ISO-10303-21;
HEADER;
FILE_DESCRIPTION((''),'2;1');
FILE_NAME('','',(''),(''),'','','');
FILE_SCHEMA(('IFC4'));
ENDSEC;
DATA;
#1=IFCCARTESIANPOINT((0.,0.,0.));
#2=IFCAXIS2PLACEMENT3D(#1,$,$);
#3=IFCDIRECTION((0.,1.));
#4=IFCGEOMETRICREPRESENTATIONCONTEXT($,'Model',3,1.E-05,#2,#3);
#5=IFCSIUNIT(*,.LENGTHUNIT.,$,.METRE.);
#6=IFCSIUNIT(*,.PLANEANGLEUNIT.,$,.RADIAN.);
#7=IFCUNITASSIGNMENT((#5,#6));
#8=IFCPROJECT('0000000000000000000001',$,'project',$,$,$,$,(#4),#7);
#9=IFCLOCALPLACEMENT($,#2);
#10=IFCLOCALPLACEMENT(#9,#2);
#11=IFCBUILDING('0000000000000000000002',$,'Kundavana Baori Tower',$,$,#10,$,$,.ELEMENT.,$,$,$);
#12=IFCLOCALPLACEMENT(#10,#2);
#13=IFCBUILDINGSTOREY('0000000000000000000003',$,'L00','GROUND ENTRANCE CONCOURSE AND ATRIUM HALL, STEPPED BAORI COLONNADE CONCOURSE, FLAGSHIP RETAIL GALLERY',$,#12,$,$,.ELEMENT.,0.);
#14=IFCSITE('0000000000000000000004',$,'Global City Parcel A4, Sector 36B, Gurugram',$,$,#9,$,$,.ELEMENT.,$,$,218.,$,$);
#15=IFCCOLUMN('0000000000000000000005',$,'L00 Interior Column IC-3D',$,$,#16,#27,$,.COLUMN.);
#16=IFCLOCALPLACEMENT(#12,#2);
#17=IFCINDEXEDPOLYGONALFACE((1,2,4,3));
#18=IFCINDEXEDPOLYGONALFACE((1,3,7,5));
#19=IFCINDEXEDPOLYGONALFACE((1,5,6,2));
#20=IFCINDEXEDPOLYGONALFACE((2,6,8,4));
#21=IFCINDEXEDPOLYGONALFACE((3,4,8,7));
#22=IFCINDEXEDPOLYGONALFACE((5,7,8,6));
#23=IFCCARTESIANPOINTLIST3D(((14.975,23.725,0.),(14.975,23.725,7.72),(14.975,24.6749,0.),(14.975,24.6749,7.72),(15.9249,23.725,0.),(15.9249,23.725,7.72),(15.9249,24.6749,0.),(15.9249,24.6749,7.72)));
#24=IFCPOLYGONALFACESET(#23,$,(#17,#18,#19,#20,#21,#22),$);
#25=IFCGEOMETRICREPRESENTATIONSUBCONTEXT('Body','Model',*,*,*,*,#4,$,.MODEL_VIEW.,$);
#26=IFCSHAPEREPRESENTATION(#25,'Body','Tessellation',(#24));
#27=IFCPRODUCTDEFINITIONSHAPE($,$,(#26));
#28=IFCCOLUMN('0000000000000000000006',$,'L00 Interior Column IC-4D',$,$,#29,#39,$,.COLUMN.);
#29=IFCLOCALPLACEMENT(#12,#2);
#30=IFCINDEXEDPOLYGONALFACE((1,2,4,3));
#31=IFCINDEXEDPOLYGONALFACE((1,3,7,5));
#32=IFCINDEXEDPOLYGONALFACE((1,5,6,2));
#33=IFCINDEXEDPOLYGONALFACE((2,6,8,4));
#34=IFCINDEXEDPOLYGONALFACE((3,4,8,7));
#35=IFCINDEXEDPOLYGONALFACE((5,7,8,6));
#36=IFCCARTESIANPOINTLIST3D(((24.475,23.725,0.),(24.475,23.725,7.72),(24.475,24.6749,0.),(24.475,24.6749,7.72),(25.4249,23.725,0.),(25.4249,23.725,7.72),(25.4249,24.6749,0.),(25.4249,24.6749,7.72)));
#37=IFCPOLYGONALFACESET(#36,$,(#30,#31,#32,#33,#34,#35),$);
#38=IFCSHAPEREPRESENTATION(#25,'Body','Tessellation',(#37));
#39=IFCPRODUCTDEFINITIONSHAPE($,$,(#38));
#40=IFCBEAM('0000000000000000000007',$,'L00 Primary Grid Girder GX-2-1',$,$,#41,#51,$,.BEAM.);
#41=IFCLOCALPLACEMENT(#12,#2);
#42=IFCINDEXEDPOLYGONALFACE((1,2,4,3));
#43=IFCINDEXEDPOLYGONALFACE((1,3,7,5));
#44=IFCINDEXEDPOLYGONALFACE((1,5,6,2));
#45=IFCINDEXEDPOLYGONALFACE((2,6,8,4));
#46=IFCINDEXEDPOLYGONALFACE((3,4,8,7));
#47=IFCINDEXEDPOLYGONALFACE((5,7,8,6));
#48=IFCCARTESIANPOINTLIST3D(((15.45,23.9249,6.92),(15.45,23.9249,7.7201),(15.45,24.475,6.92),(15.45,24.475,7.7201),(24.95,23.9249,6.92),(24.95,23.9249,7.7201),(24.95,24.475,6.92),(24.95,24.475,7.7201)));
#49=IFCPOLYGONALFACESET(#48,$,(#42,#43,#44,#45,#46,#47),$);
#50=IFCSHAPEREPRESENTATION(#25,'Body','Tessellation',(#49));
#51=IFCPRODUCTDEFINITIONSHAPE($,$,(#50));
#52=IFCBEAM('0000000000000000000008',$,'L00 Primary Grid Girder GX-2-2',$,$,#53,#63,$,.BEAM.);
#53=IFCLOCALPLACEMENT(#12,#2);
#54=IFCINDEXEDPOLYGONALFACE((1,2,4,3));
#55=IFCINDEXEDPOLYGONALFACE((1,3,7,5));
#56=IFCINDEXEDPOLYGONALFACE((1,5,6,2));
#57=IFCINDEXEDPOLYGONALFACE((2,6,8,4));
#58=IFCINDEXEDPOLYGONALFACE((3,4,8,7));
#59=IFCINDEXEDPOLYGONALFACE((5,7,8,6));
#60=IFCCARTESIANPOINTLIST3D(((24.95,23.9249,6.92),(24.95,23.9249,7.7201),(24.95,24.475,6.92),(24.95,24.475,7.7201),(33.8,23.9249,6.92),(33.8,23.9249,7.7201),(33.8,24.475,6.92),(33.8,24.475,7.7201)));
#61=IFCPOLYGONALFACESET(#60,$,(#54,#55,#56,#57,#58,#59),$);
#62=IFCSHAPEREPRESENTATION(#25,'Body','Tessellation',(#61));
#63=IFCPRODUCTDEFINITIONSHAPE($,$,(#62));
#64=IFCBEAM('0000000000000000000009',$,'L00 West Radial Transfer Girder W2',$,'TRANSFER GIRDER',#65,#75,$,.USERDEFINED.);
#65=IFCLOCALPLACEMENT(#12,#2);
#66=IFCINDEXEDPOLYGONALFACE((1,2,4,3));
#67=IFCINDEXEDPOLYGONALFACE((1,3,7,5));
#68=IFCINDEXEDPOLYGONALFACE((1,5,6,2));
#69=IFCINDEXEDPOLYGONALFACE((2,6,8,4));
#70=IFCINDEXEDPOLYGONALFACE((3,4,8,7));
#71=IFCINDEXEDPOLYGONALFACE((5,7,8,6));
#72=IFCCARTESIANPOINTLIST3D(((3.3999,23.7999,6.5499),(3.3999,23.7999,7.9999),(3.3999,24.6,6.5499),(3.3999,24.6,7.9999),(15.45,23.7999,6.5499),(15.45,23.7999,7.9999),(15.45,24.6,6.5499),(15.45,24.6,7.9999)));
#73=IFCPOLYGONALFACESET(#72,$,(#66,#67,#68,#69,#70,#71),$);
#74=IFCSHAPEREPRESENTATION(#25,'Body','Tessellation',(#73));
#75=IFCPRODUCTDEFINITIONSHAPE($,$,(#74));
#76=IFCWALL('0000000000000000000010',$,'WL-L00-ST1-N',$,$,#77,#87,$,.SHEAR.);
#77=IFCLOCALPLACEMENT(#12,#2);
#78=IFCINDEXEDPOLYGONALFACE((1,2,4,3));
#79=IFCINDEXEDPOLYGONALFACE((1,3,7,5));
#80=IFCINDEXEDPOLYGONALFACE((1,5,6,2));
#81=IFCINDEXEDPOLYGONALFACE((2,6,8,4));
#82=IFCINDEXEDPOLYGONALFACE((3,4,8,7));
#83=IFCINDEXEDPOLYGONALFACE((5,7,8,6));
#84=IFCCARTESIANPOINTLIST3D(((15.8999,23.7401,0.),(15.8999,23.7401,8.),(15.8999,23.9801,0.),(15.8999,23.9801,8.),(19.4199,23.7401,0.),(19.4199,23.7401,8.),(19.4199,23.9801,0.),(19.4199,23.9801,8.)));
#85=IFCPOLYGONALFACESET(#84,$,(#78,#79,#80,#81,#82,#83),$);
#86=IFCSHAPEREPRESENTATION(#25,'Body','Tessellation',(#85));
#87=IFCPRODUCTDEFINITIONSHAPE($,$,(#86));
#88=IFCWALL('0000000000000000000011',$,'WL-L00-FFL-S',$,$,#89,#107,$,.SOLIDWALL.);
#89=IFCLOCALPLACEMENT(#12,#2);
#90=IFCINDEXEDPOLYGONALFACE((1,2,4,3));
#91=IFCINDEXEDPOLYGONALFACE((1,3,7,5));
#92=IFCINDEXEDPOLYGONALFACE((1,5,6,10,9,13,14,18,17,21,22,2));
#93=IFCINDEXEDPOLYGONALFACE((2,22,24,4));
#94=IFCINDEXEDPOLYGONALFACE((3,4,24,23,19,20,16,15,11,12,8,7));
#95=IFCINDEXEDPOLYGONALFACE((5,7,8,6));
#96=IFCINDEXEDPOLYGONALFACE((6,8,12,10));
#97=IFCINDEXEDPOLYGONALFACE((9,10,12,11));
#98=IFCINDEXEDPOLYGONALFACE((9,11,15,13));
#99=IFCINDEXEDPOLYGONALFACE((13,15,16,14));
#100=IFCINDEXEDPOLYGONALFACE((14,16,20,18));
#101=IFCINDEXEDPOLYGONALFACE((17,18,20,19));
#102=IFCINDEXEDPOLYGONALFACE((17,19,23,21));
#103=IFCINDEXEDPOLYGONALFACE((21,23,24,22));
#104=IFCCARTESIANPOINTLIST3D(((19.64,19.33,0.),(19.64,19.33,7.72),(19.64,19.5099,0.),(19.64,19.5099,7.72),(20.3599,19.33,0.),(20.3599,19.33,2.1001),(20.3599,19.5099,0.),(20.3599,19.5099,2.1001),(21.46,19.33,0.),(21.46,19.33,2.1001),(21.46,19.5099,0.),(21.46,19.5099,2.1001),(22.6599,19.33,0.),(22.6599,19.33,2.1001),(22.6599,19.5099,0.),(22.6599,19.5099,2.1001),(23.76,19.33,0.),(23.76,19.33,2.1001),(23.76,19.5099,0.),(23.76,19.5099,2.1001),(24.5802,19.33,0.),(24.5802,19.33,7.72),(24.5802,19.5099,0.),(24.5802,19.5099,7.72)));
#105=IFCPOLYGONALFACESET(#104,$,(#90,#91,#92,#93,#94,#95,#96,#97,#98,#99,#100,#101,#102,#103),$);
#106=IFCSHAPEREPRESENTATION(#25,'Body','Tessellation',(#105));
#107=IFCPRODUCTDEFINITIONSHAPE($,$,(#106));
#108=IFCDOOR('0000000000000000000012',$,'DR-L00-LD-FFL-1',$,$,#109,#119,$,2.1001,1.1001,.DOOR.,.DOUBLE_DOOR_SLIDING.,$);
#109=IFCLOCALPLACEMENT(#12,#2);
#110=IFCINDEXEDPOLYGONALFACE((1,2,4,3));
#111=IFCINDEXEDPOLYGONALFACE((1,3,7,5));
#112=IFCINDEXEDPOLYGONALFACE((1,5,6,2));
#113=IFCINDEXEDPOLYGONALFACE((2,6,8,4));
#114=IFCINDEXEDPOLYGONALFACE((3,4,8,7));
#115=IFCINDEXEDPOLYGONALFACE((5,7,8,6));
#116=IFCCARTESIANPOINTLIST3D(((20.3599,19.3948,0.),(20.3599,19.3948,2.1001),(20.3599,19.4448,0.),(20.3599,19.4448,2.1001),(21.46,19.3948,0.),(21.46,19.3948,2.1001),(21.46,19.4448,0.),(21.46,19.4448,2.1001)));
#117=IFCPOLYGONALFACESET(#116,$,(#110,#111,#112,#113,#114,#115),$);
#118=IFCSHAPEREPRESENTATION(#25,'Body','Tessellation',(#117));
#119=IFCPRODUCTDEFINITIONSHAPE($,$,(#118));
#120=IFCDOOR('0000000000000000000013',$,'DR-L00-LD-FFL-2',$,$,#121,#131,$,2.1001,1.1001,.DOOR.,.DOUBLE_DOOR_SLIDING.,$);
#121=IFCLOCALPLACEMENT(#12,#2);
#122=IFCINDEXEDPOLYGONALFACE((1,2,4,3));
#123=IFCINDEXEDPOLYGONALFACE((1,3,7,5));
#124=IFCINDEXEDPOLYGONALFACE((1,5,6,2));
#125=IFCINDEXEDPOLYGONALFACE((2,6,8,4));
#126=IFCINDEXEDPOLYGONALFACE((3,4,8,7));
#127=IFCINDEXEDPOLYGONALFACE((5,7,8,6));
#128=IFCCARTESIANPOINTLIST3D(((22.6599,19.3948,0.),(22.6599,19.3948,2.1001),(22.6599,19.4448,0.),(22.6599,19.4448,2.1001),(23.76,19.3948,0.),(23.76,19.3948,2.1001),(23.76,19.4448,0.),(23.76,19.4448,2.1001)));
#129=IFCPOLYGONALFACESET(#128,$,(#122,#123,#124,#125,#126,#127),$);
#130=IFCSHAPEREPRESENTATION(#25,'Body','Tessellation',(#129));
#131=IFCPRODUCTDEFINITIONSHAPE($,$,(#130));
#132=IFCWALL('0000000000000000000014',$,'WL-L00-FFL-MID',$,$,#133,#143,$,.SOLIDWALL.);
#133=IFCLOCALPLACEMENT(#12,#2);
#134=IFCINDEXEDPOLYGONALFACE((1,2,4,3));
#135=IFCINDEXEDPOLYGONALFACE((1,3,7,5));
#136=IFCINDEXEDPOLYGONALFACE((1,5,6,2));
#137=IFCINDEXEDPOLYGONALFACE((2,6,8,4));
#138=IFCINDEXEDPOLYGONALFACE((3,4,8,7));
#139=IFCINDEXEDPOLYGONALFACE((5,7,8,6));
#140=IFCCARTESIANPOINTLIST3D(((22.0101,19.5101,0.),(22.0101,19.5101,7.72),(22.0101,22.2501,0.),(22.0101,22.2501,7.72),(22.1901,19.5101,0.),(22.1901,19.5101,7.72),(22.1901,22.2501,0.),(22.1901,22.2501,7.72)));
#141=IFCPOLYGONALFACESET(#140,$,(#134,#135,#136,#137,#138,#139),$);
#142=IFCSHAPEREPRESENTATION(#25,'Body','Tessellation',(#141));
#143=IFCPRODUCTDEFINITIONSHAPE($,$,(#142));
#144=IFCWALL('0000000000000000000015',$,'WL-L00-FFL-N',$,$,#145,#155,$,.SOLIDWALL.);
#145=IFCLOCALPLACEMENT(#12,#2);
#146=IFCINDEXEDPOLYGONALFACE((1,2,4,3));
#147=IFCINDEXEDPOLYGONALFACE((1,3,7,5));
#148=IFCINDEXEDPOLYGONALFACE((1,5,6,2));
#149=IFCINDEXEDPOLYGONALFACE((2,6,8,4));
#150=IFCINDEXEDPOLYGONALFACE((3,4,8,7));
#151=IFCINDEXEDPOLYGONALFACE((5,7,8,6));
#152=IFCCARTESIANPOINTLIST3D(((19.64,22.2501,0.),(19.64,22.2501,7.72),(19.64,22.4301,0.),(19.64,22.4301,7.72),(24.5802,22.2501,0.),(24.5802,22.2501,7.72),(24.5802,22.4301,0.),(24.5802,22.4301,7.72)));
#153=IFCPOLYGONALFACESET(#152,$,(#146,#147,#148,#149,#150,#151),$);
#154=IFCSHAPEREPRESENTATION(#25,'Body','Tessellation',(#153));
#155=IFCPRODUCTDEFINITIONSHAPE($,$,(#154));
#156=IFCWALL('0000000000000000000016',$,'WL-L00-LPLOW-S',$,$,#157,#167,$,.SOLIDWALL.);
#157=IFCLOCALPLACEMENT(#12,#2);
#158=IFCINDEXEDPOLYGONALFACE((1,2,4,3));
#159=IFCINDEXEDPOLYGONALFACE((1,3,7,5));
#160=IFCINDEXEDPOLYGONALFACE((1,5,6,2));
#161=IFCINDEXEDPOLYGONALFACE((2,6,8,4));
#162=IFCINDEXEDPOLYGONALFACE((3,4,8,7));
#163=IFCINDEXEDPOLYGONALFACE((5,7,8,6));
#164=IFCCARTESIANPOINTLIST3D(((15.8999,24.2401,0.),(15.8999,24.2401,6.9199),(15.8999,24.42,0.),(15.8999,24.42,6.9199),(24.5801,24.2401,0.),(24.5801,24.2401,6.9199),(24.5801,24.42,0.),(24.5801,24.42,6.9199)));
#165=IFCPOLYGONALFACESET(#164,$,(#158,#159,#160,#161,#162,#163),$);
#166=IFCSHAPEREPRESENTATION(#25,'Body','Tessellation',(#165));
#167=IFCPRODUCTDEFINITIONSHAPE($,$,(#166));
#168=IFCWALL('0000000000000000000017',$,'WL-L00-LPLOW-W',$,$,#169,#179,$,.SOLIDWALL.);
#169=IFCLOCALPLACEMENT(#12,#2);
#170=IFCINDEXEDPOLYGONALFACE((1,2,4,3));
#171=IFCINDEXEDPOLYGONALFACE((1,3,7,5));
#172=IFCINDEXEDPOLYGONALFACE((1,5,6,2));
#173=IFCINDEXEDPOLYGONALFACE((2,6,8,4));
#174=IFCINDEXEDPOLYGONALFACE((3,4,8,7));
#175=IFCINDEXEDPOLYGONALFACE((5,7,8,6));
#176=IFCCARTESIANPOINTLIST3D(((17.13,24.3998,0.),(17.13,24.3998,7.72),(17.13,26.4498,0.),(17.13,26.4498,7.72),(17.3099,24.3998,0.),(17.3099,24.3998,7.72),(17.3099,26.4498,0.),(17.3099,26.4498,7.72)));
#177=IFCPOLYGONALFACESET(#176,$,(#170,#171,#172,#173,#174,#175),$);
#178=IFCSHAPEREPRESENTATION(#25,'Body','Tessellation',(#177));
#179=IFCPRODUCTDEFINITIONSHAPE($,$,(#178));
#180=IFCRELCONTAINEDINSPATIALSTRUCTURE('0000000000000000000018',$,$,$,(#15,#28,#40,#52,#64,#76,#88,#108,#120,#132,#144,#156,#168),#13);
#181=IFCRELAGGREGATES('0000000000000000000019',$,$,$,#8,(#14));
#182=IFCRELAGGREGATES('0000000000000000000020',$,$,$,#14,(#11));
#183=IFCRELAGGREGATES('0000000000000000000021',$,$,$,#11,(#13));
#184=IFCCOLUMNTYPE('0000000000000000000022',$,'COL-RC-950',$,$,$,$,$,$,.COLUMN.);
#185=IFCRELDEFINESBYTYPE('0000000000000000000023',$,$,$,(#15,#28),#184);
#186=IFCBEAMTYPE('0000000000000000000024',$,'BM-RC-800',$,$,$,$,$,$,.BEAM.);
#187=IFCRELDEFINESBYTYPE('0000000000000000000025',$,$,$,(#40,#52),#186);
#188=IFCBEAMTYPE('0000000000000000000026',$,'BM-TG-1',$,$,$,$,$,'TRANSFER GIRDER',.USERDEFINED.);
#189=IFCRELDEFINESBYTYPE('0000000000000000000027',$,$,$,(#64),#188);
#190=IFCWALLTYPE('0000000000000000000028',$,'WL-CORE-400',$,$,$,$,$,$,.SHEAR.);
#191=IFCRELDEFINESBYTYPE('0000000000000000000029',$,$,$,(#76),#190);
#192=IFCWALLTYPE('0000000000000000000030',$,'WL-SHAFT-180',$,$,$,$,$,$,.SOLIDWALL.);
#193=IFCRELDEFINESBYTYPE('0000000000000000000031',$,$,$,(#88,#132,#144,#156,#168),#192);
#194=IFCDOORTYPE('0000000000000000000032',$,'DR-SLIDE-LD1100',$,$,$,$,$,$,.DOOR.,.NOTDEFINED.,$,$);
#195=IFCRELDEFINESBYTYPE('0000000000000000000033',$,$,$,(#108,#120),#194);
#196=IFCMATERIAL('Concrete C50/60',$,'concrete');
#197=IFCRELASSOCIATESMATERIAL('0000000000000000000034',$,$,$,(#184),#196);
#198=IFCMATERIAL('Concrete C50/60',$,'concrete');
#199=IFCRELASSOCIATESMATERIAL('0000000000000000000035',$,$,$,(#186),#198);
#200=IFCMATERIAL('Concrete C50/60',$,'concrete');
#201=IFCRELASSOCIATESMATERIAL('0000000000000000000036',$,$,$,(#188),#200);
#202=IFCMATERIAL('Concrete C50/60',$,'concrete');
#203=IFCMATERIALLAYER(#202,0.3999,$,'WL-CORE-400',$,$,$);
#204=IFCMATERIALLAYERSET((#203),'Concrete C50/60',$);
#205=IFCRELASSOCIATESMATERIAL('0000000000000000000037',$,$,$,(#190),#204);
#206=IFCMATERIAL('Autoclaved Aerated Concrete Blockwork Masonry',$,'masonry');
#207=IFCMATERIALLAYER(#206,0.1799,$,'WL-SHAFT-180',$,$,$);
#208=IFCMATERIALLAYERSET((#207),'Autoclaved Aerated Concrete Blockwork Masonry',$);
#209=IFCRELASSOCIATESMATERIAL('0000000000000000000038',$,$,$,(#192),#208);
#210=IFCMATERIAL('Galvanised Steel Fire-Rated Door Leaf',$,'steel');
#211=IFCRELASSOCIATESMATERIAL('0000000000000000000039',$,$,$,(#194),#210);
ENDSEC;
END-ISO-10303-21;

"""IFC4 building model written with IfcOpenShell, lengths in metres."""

from ifc_helpers import new_model, si_unit, direction, frame, frame_2d, origin, origin_2d, place, context, subcontext, project, spatial, rectangle, extrude, material, layer, layer_set, material_profile, profile_set, type_object, element, fill, save


model = new_model("IFC4")

# Units and contexts
model_context = context("Model", 3, precision=1e-05, world=origin(), true_north=direction((0.0, 1.0)))
body_context = subcontext(model_context, "Body", "Model", "MODEL_VIEW")
ifc_project = project(units=[si_unit("LENGTHUNIT", "METRE"), si_unit("PLANEANGLEUNIT", "RADIAN")], contexts=[model_context])

# Site, building, storey
site_placement = place(None, origin())
site = spatial("IfcSite", under=ifc_project, at=site_placement, Name="Global City Parcel A4, Sector 36B, Gurugram", CompositionType="ELEMENT", RefElevation=218.0)
building_placement = place(site_placement, origin())
building = spatial("IfcBuilding", under=site, at=building_placement, Name="Kundavana Baori Tower", CompositionType="ELEMENT")
storey_placement = place(building_placement, origin())
storey = spatial("IfcBuildingStorey", under=building, at=storey_placement, Name="L00", Description="GROUND ENTRANCE CONCOURSE AND ATRIUM HALL, STEPPED BAORI COLONNADE CONCOURSE, FLAGSHIP RETAIL GALLERY", CompositionType="ELEMENT", Elevation=0.0)

# Columns
ifc_material_1 = material(Name="Concrete C50/60", Category="concrete")
ifc_material_profile_1 = material_profile(ifc_material_1, rectangle(XDim=0.95, YDim=0.95, at=origin_2d()), Name="RC 950x950")
ifc_profile_set_1 = profile_set([ifc_material_profile_1], Name="Concrete C50/60")
column_type = type_object("IfcColumnType", Name="COL-RC-950", PredefinedType="COLUMN", material=ifc_profile_set_1)
for number, where, z_axis, x_axis, name in (
    (1, (15.45, 24.2, 0.0), (0.0, 0.0, 1.0), (1.0, 0.0, 0.0), "L00 Interior Column IC-3D"),
    (2, (24.95, 24.2, 0.0), (0.0, 0.0, 1.0), (1.0, 0.0, 0.0), "L00 Interior Column IC-4D"),
):
    element("IfcColumn", number, at=place(storey_placement, frame(where, z_axis=z_axis, x_axis=x_axis)), inside=storey, type_object=column_type, Name=name, PredefinedType="COLUMN", context=body_context, shape_type="SweptSolid", body=[
        extrude(rectangle(XDim=0.95, YDim=0.95, at=origin_2d()), origin(), (0.0, 0.0, 1.0), 7.72),
    ])

# Beams
ifc_material_2 = material(Name="Concrete C50/60", Category="concrete")
ifc_material_profile_2 = material_profile(ifc_material_2, rectangle(XDim=0.55, YDim=0.8, at=origin_2d()), Name="RC BM 550x800")
ifc_profile_set_2 = profile_set([ifc_material_profile_2], Name="Concrete C50/60")
beam_type_1 = type_object("IfcBeamType", Name="BM-RC-800", PredefinedType="BEAM", material=ifc_profile_set_2)
beam_1_placement = place(storey_placement, frame((15.45, 24.2, 7.3201), z_axis=(1.0, 0.0, 0.0), x_axis=(0.0, 1.0, 0.0)))
element("IfcBeam", 3, at=beam_1_placement, inside=storey, type_object=beam_type_1, Name="L00 Primary Grid Girder GX-2-1", PredefinedType="BEAM", context=body_context, shape_type="SweptSolid", body=[
    extrude(rectangle(XDim=0.55, YDim=0.8, at=origin_2d()), origin(), (0.0, 0.0, 1.0), 9.5),
])
beam_2_placement = place(storey_placement, frame((24.95, 24.2, 7.3201), z_axis=(1.0, 0.0, 0.0), x_axis=(0.0, 1.0, 0.0)))
element("IfcBeam", 4, at=beam_2_placement, inside=storey, type_object=beam_type_1, Name="L00 Primary Grid Girder GX-2-2", PredefinedType="BEAM", context=body_context, shape_type="SweptSolid", body=[
    extrude(rectangle(XDim=0.55, YDim=0.8, at=origin_2d()), origin(), (0.0, 0.0, 1.0), 8.8501),
])
ifc_material_3 = material(Name="Concrete C50/60", Category="concrete")
ifc_material_profile_3 = material_profile(ifc_material_3, rectangle(XDim=0.8, YDim=1.45, at=origin_2d()), Name="BM-TG-1")
ifc_profile_set_3 = profile_set([ifc_material_profile_3], Name="Concrete C50/60")
beam_type_2 = type_object("IfcBeamType", Name="BM-TG-1", ElementType="TRANSFER GIRDER", PredefinedType="USERDEFINED", material=ifc_profile_set_3)
beam_3_placement = place(storey_placement, frame((15.45, 24.2, 7.2749), z_axis=(-1.0, 0.0, 0.0), x_axis=(0.0, -1.0, 0.0)))
element("IfcBeam", 5, at=beam_3_placement, inside=storey, type_object=beam_type_2, Name="L00 West Radial Transfer Girder W2", ObjectType="TRANSFER GIRDER", PredefinedType="USERDEFINED", context=body_context, shape_type="SweptSolid", body=[
    extrude(rectangle(XDim=0.8, YDim=1.45, at=origin_2d()), origin(), (0.0, 0.0, 1.0), 12.05),
])

# Wall
ifc_material_4 = material(Name="Concrete C50/60", Category="concrete")
ifc_layer_1 = layer(ifc_material_4, 0.3999, Name="WL-CORE-400")
ifc_layer_set_1 = layer_set([ifc_layer_1], Name="Concrete C50/60")
wall_type_1 = type_object("IfcWallType", Name="WL-CORE-400", PredefinedType="SHEAR", material=ifc_layer_set_1)
wall_1_placement = place(storey_placement, frame((15.8999, 23.8601, 0.0), z_axis=(0.0, 0.0, 1.0), x_axis=(1.0, 0.0, 0.0)))
element("IfcWall", 6, at=wall_1_placement, inside=storey, type_object=wall_type_1, Name="WL-L00-ST1-N", PredefinedType="SHEAR", context=body_context, shape_type="SweptSolid", body=[
    extrude(rectangle(XDim=3.52, YDim=0.24, at=frame_2d((1.76, 0.0))), origin(), (0.0, 0.0, 1.0), 8.0),
])

# Wall, openings, doors
ifc_material_5 = material(Name="Autoclaved Aerated Concrete Blockwork Masonry", Category="masonry")
ifc_layer_2 = layer(ifc_material_5, 0.1799, Name="WL-SHAFT-180")
ifc_layer_set_2 = layer_set([ifc_layer_2], Name="Autoclaved Aerated Concrete Blockwork Masonry")
wall_type_2 = type_object("IfcWallType", Name="WL-SHAFT-180", PredefinedType="SOLIDWALL", material=ifc_layer_set_2)
wall_2_placement = place(storey_placement, frame((19.6399, 19.4199, 0.0), z_axis=(0.0, 0.0, 1.0), x_axis=(1.0, 0.0, 0.0)))
wall_2 = element("IfcWall", 7, at=wall_2_placement, inside=storey, type_object=wall_type_2, Name="WL-L00-FFL-S", PredefinedType="SOLIDWALL", context=body_context, shape_type="SweptSolid", body=[
    extrude(rectangle(XDim=4.9402, YDim=0.1799, at=frame_2d((2.4702, 0.0))), origin(), (0.0, 0.0, 1.0), 7.72),
])
opening_1_placement = place(wall_2_placement, frame((0.72, 0.0, 0.0)))
opening_1 = element("IfcOpeningElement", 8, at=opening_1_placement, cuts=wall_2, PredefinedType="OPENING", context=body_context, shape_type="SweptSolid", body=[
    extrude(rectangle(XDim=1.1001, YDim=2.1001, at=frame_2d((0.55, 1.05))), frame((0.0, 0.1001, 0.0), z_axis=(0.0, -1.0, 0.0), x_axis=(1.0, 0.0, 0.0)), (0.0, 0.0, 1.0), 0.2),
])
opening_2_placement = place(wall_2_placement, frame((3.02, 0.0, 0.0)))
opening_2 = element("IfcOpeningElement", 9, at=opening_2_placement, cuts=wall_2, PredefinedType="OPENING", context=body_context, shape_type="SweptSolid", body=[
    extrude(rectangle(XDim=1.1001, YDim=2.1001, at=frame_2d((0.55, 1.05))), frame((0.0, 0.1001, 0.0), z_axis=(0.0, -1.0, 0.0), x_axis=(1.0, 0.0, 0.0)), (0.0, 0.0, 1.0), 0.2),
])
ifc_material_6 = material(Name="Galvanised Steel Fire-Rated Door Leaf", Category="steel")
door_type = type_object("IfcDoorType", Name="DR-SLIDE-LD1100", OperationType="NOTDEFINED", PredefinedType="DOOR", material=ifc_material_6)
door_1_placement = place(opening_1_placement, origin())
door_1 = element("IfcDoor", 10, at=door_1_placement, inside=storey, type_object=door_type, Name="DR-L00-LD-FFL-1", OperationType="DOUBLE_DOOR_SLIDING", OverallHeight=2.1001, OverallWidth=1.1001, PredefinedType="DOOR", context=body_context, shape_type="SweptSolid", body=[
    extrude(rectangle(XDim=1.1001, YDim=2.1001, at=frame_2d((0.55, 1.05))), frame((0.0, 0.0249, 0.0), z_axis=(0.0, -1.0, 0.0), x_axis=(1.0, 0.0, 0.0)), (0.0, 0.0, 1.0), 0.05),
])
fill(opening_1, door_1)
door_2_placement = place(opening_2_placement, origin())
door_2 = element("IfcDoor", 11, at=door_2_placement, inside=storey, type_object=door_type, Name="DR-L00-LD-FFL-2", OperationType="DOUBLE_DOOR_SLIDING", OverallHeight=2.1001, OverallWidth=1.1001, PredefinedType="DOOR", context=body_context, shape_type="SweptSolid", body=[
    extrude(rectangle(XDim=1.1001, YDim=2.1001, at=frame_2d((0.55, 1.05))), frame((0.0, 0.0249, 0.0), z_axis=(0.0, -1.0, 0.0), x_axis=(1.0, 0.0, 0.0)), (0.0, 0.0, 1.0), 0.05),
])
fill(opening_2, door_2)

# Walls
wall_3_placement = place(storey_placement, frame((22.1001, 19.51, 0.0), z_axis=(0.0, 0.0, 1.0), x_axis=(0.0, 1.0, 0.0)))
element("IfcWall", 12, at=wall_3_placement, inside=storey, type_object=wall_type_2, Name="WL-L00-FFL-MID", PredefinedType="SOLIDWALL", context=body_context, shape_type="SweptSolid", body=[
    extrude(rectangle(XDim=2.74, YDim=0.1799, at=frame_2d((1.3701, 0.0))), origin(), (0.0, 0.0, 1.0), 7.72),
])
wall_4_placement = place(storey_placement, frame((19.6399, 22.3401, 0.0), z_axis=(0.0, 0.0, 1.0), x_axis=(1.0, 0.0, 0.0)))
element("IfcWall", 13, at=wall_4_placement, inside=storey, type_object=wall_type_2, Name="WL-L00-FFL-N", PredefinedType="SOLIDWALL", context=body_context, shape_type="SweptSolid", body=[
    extrude(rectangle(XDim=4.9402, YDim=0.1799, at=frame_2d((2.4702, 0.0))), origin(), (0.0, 0.0, 1.0), 7.72),
])
wall_5_placement = place(storey_placement, frame((15.8999, 24.3301, 0.0), z_axis=(0.0, 0.0, 1.0), x_axis=(1.0, 0.0, 0.0)))
element("IfcWall", 14, at=wall_5_placement, inside=storey, type_object=wall_type_2, Name="WL-L00-LPLOW-S", PredefinedType="SOLIDWALL", context=body_context, shape_type="SweptSolid", body=[
    extrude(rectangle(XDim=8.6802, YDim=0.1799, at=frame_2d((4.3401, 0.0))), origin(), (0.0, 0.0, 1.0), 6.9199),
])
wall_6_placement = place(storey_placement, frame((17.22, 24.3999, 0.0), z_axis=(0.0, 0.0, 1.0), x_axis=(0.0, 1.0, 0.0)))
element("IfcWall", 15, at=wall_6_placement, inside=storey, type_object=wall_type_2, Name="WL-L00-LPLOW-W", PredefinedType="SOLIDWALL", context=body_context, shape_type="SweptSolid", body=[
    extrude(rectangle(XDim=2.05, YDim=0.1799, at=frame_2d((1.0249, 0.0))), origin(), (0.0, 0.0, 1.0), 7.72),
])

save(model, "model.ifc")
